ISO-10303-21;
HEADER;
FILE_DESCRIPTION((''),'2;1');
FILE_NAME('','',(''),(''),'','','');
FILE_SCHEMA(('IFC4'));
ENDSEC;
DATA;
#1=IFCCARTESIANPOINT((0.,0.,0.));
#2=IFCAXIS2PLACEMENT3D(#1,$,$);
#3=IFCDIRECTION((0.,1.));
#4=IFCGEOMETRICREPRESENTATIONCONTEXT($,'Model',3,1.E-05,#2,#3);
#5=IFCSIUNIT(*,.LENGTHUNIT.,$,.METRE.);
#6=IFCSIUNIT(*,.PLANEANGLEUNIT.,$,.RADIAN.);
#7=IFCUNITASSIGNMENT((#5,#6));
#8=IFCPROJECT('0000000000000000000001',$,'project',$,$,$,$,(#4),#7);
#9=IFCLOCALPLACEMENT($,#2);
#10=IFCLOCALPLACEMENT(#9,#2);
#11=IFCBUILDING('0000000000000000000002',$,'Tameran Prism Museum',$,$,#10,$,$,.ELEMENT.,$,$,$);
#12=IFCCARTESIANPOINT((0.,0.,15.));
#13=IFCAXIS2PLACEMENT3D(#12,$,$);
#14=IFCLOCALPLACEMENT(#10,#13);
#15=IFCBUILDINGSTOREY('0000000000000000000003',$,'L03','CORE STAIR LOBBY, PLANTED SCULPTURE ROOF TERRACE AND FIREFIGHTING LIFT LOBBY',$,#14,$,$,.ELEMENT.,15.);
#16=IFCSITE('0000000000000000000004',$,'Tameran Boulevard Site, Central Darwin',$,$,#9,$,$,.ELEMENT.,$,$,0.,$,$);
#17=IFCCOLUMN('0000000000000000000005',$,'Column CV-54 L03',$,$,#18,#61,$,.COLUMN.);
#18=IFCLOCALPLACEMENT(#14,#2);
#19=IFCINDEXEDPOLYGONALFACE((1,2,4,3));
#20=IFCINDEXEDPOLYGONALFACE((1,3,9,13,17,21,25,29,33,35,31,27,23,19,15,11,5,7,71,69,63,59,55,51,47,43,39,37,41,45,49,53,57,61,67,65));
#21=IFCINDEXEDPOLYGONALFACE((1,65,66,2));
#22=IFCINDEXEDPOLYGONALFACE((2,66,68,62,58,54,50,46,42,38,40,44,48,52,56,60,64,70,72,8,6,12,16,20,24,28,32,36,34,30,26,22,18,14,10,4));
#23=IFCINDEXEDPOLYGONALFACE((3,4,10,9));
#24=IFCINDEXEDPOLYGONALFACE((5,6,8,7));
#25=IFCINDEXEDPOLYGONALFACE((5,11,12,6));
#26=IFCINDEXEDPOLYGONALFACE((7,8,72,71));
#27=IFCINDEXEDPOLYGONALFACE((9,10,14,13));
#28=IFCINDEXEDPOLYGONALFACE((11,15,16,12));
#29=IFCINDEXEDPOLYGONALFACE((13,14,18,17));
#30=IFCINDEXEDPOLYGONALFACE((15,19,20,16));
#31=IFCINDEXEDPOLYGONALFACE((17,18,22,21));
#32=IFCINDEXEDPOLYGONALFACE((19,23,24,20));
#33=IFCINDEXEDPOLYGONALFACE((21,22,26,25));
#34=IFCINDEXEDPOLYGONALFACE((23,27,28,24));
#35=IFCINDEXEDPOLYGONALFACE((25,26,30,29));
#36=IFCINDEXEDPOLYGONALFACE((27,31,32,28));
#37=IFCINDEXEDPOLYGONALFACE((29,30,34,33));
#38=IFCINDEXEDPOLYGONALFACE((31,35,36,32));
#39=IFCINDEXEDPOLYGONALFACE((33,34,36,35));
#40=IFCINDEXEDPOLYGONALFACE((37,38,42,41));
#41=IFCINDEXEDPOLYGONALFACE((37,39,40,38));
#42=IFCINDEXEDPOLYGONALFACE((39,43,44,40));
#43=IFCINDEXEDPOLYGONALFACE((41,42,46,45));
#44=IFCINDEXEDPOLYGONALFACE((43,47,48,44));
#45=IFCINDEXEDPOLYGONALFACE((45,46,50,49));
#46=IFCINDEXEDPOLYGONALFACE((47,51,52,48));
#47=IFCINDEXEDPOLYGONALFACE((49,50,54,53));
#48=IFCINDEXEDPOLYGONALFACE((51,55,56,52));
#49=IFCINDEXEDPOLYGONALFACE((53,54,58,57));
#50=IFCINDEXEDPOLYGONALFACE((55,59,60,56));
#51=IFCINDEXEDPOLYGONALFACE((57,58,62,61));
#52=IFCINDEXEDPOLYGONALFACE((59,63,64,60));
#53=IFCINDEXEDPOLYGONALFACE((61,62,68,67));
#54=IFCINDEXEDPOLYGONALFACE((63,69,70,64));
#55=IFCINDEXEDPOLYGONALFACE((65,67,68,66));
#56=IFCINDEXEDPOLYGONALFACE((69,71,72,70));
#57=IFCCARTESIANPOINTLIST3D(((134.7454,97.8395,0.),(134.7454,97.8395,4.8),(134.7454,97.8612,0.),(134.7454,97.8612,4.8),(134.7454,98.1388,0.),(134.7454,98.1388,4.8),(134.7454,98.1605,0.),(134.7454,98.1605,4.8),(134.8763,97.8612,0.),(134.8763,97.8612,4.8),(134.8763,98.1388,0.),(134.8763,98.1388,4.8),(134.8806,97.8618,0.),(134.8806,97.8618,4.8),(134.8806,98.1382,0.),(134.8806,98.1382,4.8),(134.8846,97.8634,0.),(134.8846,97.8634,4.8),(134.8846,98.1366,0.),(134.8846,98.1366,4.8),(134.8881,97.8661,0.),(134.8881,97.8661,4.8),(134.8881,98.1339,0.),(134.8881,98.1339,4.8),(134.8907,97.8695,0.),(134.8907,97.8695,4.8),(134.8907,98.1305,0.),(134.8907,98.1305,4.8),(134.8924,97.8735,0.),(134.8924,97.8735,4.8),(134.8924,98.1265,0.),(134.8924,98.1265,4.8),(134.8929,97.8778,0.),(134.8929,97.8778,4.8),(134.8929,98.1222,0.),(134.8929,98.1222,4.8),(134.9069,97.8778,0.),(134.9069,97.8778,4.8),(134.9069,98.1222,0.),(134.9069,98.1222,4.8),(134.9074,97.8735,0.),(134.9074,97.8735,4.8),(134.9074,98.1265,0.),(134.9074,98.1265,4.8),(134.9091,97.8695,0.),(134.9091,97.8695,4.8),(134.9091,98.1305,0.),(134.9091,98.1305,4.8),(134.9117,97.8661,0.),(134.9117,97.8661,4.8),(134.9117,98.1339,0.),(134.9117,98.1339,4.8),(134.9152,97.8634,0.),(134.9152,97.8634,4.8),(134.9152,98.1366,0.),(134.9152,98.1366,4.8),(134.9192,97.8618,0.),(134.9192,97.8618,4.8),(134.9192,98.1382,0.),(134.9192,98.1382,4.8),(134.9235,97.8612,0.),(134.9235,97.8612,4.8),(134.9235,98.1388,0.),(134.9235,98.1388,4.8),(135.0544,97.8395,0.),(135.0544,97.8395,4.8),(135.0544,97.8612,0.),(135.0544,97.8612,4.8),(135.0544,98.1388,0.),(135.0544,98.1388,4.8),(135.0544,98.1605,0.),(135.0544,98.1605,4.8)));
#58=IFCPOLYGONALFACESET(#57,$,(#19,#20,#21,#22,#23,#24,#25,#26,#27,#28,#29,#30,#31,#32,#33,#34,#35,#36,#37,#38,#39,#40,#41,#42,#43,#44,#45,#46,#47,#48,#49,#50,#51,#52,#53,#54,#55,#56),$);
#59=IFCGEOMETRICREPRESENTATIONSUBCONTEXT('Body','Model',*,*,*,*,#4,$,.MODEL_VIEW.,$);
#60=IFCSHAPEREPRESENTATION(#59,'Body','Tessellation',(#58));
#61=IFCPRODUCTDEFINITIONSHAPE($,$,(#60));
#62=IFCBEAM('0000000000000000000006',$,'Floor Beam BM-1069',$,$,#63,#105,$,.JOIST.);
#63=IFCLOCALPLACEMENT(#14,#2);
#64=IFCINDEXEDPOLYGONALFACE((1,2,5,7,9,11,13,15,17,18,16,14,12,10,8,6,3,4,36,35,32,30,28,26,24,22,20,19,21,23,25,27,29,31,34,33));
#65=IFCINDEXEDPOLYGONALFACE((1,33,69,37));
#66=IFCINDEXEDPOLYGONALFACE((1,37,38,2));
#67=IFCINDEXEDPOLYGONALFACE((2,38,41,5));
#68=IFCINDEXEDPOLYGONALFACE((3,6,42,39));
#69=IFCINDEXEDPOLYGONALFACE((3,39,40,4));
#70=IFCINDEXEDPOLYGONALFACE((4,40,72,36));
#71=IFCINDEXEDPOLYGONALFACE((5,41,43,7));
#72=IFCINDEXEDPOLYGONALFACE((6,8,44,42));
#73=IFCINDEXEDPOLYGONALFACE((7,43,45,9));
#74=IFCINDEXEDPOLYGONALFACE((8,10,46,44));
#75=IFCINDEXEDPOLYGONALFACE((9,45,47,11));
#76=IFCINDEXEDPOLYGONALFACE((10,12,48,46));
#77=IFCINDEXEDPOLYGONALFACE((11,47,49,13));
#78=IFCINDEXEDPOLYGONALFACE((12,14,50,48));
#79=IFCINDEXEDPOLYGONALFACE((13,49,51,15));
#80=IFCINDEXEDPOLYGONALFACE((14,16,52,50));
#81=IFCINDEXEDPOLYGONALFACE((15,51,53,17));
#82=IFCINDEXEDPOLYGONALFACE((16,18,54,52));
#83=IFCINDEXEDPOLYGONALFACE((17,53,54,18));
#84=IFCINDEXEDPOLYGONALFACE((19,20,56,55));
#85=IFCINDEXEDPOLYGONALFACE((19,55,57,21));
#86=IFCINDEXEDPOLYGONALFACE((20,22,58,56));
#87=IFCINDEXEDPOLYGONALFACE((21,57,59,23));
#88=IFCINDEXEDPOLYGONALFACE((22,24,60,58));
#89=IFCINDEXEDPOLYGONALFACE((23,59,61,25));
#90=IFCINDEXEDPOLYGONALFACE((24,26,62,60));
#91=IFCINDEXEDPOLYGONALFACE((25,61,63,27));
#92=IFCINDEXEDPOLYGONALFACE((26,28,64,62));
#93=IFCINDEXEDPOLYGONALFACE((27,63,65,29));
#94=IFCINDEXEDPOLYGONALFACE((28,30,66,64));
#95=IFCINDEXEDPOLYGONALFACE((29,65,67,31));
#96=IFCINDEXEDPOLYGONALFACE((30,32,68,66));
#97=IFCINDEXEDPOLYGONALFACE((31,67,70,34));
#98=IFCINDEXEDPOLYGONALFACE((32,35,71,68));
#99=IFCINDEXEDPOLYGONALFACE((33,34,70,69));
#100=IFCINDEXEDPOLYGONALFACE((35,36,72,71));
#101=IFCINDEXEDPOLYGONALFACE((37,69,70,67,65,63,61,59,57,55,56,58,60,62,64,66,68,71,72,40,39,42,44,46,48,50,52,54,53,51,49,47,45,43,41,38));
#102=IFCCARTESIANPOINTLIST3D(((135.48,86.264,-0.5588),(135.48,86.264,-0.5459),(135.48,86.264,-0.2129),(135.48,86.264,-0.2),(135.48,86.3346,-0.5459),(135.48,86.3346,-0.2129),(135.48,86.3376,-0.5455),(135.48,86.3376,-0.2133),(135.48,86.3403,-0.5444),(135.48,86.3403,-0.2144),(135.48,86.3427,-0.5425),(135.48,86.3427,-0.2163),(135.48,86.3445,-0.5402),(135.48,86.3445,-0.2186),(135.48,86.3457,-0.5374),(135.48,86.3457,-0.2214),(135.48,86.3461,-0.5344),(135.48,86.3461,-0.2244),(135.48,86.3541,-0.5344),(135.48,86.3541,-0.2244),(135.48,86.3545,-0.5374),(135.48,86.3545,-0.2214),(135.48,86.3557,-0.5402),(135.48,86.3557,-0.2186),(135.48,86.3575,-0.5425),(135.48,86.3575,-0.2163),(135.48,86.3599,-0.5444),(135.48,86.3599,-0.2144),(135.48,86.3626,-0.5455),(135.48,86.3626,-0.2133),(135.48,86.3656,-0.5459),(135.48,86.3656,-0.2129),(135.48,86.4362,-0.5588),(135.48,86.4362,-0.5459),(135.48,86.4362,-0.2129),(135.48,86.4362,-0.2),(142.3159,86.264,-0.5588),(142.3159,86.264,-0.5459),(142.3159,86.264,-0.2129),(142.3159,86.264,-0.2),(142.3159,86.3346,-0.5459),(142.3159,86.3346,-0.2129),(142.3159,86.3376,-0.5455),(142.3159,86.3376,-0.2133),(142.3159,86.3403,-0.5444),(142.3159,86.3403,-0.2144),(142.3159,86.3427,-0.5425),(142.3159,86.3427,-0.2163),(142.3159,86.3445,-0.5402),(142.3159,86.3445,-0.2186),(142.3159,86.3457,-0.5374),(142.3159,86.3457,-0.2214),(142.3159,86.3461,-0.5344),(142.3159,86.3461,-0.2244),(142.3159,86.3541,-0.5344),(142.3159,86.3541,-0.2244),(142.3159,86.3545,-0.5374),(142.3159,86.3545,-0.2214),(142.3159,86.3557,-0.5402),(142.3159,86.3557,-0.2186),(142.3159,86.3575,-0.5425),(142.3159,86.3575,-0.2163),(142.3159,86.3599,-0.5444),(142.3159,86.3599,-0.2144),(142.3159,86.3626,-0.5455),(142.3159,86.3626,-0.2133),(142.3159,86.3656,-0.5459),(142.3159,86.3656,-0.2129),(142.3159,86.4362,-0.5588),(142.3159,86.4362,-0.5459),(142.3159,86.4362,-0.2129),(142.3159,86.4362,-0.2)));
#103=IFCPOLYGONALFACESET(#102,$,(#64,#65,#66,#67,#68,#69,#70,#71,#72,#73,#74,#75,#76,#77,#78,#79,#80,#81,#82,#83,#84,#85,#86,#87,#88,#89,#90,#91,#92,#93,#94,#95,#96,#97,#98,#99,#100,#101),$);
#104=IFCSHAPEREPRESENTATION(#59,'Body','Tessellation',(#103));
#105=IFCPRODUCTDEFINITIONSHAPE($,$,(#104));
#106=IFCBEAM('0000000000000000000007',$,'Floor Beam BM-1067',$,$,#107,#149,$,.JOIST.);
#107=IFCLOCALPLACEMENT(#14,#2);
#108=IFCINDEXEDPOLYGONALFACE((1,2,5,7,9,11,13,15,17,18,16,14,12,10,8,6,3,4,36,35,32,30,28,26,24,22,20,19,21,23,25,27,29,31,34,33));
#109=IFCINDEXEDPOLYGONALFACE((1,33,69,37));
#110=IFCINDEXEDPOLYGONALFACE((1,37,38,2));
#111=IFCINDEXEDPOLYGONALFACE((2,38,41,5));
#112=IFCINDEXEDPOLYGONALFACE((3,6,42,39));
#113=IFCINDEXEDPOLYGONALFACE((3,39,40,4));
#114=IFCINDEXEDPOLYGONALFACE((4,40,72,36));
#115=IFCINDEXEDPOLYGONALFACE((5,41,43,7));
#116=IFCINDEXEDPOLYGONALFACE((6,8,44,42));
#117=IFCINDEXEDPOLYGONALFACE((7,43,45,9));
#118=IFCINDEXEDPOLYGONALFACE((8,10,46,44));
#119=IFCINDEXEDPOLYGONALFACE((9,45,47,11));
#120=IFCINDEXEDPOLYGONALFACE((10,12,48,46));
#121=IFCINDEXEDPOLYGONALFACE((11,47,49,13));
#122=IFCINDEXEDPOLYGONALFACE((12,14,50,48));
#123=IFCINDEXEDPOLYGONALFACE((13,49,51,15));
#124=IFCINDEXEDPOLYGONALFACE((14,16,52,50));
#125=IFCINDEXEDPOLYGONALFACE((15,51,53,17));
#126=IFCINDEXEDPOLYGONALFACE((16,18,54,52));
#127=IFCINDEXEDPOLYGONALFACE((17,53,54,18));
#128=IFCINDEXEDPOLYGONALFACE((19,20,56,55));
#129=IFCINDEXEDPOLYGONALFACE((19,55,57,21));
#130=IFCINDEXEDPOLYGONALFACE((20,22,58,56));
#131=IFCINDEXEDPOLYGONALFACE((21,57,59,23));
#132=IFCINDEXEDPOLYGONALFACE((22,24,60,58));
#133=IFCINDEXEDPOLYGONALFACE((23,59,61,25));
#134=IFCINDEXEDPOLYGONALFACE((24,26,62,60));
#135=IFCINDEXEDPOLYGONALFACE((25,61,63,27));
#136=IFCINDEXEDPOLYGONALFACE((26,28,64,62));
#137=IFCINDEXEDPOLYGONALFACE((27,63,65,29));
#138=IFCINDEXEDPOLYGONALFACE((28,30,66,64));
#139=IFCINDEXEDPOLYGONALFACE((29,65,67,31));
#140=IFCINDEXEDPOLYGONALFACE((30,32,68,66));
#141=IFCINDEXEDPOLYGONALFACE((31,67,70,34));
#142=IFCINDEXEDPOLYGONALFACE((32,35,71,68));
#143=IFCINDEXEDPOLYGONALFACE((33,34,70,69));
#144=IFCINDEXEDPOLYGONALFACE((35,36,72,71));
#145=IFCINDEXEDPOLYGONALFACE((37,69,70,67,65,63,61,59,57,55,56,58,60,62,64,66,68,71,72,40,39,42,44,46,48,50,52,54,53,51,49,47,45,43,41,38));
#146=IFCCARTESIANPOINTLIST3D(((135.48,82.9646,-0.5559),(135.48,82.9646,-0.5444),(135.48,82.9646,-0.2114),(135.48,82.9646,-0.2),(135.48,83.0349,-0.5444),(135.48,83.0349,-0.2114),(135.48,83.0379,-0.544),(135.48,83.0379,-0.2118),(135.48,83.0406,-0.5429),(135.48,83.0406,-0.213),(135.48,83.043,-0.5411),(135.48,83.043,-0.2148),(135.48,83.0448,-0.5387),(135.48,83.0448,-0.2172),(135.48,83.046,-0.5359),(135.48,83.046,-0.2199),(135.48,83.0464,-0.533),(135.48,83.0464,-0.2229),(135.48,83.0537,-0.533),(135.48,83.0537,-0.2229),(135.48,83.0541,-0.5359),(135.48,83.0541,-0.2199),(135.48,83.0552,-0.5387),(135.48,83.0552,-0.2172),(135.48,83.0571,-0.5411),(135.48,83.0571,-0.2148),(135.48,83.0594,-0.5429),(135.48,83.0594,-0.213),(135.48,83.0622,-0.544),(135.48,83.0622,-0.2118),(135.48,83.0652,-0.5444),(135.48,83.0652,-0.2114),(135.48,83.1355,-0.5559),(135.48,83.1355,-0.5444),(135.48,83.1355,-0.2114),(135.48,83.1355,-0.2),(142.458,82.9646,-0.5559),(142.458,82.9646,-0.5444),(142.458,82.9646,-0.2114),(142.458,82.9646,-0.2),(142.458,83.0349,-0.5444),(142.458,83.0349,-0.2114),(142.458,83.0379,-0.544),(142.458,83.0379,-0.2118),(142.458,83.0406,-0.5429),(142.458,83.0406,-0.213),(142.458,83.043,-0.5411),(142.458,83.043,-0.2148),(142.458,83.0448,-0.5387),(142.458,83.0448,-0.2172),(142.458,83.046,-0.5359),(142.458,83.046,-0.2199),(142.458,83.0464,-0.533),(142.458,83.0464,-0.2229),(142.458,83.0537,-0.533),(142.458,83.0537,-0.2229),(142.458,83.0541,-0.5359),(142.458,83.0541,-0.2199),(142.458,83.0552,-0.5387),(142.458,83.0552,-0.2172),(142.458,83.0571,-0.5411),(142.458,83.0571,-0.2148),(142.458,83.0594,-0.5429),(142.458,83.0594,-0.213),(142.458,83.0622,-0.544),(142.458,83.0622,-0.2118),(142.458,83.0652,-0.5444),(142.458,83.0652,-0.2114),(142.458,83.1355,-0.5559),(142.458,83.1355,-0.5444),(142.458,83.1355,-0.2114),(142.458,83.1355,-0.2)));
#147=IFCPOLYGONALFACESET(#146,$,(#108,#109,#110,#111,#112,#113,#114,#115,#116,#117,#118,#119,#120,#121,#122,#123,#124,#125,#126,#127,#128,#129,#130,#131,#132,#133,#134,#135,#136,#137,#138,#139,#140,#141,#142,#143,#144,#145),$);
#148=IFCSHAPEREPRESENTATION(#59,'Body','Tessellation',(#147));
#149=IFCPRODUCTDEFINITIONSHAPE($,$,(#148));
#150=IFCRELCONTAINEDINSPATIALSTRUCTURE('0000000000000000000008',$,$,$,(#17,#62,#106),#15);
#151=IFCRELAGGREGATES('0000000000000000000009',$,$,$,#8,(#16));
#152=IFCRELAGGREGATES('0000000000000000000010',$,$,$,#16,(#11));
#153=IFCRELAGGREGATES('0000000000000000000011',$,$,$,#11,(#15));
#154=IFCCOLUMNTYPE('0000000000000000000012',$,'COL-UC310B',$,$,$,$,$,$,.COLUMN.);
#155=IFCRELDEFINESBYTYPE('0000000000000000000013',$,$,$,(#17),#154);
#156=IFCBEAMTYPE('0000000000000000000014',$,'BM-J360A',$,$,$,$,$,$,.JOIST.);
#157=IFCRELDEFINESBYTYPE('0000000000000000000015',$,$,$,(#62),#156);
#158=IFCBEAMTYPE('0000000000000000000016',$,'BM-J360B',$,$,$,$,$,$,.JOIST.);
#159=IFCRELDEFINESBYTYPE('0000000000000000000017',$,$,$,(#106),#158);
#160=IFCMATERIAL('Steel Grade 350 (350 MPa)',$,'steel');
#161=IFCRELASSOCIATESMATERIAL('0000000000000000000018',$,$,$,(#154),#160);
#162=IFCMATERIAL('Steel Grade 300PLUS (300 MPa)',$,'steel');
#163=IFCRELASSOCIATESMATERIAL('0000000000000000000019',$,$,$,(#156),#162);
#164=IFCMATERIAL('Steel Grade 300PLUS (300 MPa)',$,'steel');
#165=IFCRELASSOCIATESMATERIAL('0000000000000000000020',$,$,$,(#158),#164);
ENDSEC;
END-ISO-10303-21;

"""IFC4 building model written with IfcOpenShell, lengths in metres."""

from ifc_helpers import new_model, si_unit, direction, frame, origin, origin_2d, place, context, subcontext, project, spatial, i_section, extrude, material, material_profile, profile_set, type_object, element, save


model = new_model("IFC4")

# Units and contexts
model_context = context("Model", 3, precision=1e-05, world=origin(), true_north=direction((0.0, 1.0)))
body_context = subcontext(model_context, "Body", "Model", "MODEL_VIEW")
ifc_project = project(units=[si_unit("LENGTHUNIT", "METRE"), si_unit("PLANEANGLEUNIT", "RADIAN")], contexts=[model_context])

# Site, building, storey
site_placement = place(None, origin())
site = spatial("IfcSite", under=ifc_project, at=site_placement, Name="Tameran Boulevard Site, Central Darwin", CompositionType="ELEMENT", RefElevation=0.0)
building_placement = place(site_placement, origin())
building = spatial("IfcBuilding", under=site, at=building_placement, Name="Tameran Prism Museum", CompositionType="ELEMENT")
storey_placement = place(building_placement, frame((0.0, 0.0, 15.0)))
storey = spatial("IfcBuildingStorey", under=building, at=storey_placement, Name="L03", Description="CORE STAIR LOBBY, PLANTED SCULPTURE ROOF TERRACE AND FIREFIGHTING LIFT LOBBY", CompositionType="ELEMENT", Elevation=15.0)

# Column
ifc_material_1 = material(Name="Steel Grade 350 (350 MPa)", Category="steel")
ifc_material_profile_1 = material_profile(ifc_material_1, i_section(OverallWidth=0.3091, OverallDepth=0.321, WebThickness=0.0139, FlangeThickness=0.0217, FilletRadius=0.0166, at=origin_2d()))
ifc_profile_set_1 = profile_set([ifc_material_profile_1])
column_type = type_object("IfcColumnType", Name="COL-UC310B", PredefinedType="COLUMN", material=ifc_profile_set_1)
column_placement = place(storey_placement, frame((134.8999, 98.0, 0.0), z_axis=(0.0, 0.0, 1.0), x_axis=(1.0, 0.0, 0.0)))
element("IfcColumn", 1, at=column_placement, inside=storey, type_object=column_type, Name="Column CV-54 L03", PredefinedType="COLUMN", context=body_context, shape_type="SweptSolid", body=[
    extrude(i_section(OverallWidth=0.3091, OverallDepth=0.321, WebThickness=0.0139, FlangeThickness=0.0217, FilletRadius=0.0166, at=origin_2d()), origin(), (0.0, 0.0, 1.0), 4.8),
])

# Beams
ifc_material_2 = material(Name="Steel Grade 300PLUS (300 MPa)", Category="steel")
ifc_material_profile_2 = material_profile(ifc_material_2, i_section(OverallWidth=0.1721, OverallDepth=0.3589, WebThickness=0.0081, FlangeThickness=0.0129, FilletRadius=0.0115, at=origin_2d()))
ifc_profile_set_2 = profile_set([ifc_material_profile_2])
beam_type_1 = type_object("IfcBeamType", Name="BM-J360A", PredefinedType="JOIST", material=ifc_profile_set_2)
beam_1_placement = place(storey_placement, frame((135.48, 86.3501, -0.3794), z_axis=(1.0, 0.0, 0.0), x_axis=(0.0, 1.0, 0.0)))
element("IfcBeam", 2, at=beam_1_placement, inside=storey, type_object=beam_type_1, Name="Floor Beam BM-1069", PredefinedType="JOIST", context=body_context, shape_type="SweptSolid", body=[
    extrude(i_section(OverallWidth=0.1721, OverallDepth=0.3589, WebThickness=0.0081, FlangeThickness=0.0129, FilletRadius=0.0115, at=origin_2d()), origin(), (0.0, 0.0, 1.0), 6.8359),
])
ifc_material_3 = material(Name="Steel Grade 300PLUS (300 MPa)", Category="steel")
ifc_material_profile_3 = material_profile(ifc_material_3, i_section(OverallWidth=0.1709, OverallDepth=0.356, WebThickness=0.0073, FlangeThickness=0.0115, FilletRadius=0.0115, at=origin_2d()))
ifc_profile_set_3 = profile_set([ifc_material_profile_3])
beam_type_2 = type_object("IfcBeamType", Name="BM-J360B", PredefinedType="JOIST", material=ifc_profile_set_3)
beam_2_placement = place(storey_placement, frame((135.48, 83.05, -0.3779), z_axis=(1.0, 0.0, 0.0), x_axis=(0.0, 1.0, 0.0)))
element("IfcBeam", 3, at=beam_2_placement, inside=storey, type_object=beam_type_2, Name="Floor Beam BM-1067", PredefinedType="JOIST", context=body_context, shape_type="SweptSolid", body=[
    extrude(i_section(OverallWidth=0.1709, OverallDepth=0.356, WebThickness=0.0073, FlangeThickness=0.0115, FilletRadius=0.0115, at=origin_2d()), origin(), (0.0, 0.0, 1.0), 6.978),
])

save(model, "model.ifc")
